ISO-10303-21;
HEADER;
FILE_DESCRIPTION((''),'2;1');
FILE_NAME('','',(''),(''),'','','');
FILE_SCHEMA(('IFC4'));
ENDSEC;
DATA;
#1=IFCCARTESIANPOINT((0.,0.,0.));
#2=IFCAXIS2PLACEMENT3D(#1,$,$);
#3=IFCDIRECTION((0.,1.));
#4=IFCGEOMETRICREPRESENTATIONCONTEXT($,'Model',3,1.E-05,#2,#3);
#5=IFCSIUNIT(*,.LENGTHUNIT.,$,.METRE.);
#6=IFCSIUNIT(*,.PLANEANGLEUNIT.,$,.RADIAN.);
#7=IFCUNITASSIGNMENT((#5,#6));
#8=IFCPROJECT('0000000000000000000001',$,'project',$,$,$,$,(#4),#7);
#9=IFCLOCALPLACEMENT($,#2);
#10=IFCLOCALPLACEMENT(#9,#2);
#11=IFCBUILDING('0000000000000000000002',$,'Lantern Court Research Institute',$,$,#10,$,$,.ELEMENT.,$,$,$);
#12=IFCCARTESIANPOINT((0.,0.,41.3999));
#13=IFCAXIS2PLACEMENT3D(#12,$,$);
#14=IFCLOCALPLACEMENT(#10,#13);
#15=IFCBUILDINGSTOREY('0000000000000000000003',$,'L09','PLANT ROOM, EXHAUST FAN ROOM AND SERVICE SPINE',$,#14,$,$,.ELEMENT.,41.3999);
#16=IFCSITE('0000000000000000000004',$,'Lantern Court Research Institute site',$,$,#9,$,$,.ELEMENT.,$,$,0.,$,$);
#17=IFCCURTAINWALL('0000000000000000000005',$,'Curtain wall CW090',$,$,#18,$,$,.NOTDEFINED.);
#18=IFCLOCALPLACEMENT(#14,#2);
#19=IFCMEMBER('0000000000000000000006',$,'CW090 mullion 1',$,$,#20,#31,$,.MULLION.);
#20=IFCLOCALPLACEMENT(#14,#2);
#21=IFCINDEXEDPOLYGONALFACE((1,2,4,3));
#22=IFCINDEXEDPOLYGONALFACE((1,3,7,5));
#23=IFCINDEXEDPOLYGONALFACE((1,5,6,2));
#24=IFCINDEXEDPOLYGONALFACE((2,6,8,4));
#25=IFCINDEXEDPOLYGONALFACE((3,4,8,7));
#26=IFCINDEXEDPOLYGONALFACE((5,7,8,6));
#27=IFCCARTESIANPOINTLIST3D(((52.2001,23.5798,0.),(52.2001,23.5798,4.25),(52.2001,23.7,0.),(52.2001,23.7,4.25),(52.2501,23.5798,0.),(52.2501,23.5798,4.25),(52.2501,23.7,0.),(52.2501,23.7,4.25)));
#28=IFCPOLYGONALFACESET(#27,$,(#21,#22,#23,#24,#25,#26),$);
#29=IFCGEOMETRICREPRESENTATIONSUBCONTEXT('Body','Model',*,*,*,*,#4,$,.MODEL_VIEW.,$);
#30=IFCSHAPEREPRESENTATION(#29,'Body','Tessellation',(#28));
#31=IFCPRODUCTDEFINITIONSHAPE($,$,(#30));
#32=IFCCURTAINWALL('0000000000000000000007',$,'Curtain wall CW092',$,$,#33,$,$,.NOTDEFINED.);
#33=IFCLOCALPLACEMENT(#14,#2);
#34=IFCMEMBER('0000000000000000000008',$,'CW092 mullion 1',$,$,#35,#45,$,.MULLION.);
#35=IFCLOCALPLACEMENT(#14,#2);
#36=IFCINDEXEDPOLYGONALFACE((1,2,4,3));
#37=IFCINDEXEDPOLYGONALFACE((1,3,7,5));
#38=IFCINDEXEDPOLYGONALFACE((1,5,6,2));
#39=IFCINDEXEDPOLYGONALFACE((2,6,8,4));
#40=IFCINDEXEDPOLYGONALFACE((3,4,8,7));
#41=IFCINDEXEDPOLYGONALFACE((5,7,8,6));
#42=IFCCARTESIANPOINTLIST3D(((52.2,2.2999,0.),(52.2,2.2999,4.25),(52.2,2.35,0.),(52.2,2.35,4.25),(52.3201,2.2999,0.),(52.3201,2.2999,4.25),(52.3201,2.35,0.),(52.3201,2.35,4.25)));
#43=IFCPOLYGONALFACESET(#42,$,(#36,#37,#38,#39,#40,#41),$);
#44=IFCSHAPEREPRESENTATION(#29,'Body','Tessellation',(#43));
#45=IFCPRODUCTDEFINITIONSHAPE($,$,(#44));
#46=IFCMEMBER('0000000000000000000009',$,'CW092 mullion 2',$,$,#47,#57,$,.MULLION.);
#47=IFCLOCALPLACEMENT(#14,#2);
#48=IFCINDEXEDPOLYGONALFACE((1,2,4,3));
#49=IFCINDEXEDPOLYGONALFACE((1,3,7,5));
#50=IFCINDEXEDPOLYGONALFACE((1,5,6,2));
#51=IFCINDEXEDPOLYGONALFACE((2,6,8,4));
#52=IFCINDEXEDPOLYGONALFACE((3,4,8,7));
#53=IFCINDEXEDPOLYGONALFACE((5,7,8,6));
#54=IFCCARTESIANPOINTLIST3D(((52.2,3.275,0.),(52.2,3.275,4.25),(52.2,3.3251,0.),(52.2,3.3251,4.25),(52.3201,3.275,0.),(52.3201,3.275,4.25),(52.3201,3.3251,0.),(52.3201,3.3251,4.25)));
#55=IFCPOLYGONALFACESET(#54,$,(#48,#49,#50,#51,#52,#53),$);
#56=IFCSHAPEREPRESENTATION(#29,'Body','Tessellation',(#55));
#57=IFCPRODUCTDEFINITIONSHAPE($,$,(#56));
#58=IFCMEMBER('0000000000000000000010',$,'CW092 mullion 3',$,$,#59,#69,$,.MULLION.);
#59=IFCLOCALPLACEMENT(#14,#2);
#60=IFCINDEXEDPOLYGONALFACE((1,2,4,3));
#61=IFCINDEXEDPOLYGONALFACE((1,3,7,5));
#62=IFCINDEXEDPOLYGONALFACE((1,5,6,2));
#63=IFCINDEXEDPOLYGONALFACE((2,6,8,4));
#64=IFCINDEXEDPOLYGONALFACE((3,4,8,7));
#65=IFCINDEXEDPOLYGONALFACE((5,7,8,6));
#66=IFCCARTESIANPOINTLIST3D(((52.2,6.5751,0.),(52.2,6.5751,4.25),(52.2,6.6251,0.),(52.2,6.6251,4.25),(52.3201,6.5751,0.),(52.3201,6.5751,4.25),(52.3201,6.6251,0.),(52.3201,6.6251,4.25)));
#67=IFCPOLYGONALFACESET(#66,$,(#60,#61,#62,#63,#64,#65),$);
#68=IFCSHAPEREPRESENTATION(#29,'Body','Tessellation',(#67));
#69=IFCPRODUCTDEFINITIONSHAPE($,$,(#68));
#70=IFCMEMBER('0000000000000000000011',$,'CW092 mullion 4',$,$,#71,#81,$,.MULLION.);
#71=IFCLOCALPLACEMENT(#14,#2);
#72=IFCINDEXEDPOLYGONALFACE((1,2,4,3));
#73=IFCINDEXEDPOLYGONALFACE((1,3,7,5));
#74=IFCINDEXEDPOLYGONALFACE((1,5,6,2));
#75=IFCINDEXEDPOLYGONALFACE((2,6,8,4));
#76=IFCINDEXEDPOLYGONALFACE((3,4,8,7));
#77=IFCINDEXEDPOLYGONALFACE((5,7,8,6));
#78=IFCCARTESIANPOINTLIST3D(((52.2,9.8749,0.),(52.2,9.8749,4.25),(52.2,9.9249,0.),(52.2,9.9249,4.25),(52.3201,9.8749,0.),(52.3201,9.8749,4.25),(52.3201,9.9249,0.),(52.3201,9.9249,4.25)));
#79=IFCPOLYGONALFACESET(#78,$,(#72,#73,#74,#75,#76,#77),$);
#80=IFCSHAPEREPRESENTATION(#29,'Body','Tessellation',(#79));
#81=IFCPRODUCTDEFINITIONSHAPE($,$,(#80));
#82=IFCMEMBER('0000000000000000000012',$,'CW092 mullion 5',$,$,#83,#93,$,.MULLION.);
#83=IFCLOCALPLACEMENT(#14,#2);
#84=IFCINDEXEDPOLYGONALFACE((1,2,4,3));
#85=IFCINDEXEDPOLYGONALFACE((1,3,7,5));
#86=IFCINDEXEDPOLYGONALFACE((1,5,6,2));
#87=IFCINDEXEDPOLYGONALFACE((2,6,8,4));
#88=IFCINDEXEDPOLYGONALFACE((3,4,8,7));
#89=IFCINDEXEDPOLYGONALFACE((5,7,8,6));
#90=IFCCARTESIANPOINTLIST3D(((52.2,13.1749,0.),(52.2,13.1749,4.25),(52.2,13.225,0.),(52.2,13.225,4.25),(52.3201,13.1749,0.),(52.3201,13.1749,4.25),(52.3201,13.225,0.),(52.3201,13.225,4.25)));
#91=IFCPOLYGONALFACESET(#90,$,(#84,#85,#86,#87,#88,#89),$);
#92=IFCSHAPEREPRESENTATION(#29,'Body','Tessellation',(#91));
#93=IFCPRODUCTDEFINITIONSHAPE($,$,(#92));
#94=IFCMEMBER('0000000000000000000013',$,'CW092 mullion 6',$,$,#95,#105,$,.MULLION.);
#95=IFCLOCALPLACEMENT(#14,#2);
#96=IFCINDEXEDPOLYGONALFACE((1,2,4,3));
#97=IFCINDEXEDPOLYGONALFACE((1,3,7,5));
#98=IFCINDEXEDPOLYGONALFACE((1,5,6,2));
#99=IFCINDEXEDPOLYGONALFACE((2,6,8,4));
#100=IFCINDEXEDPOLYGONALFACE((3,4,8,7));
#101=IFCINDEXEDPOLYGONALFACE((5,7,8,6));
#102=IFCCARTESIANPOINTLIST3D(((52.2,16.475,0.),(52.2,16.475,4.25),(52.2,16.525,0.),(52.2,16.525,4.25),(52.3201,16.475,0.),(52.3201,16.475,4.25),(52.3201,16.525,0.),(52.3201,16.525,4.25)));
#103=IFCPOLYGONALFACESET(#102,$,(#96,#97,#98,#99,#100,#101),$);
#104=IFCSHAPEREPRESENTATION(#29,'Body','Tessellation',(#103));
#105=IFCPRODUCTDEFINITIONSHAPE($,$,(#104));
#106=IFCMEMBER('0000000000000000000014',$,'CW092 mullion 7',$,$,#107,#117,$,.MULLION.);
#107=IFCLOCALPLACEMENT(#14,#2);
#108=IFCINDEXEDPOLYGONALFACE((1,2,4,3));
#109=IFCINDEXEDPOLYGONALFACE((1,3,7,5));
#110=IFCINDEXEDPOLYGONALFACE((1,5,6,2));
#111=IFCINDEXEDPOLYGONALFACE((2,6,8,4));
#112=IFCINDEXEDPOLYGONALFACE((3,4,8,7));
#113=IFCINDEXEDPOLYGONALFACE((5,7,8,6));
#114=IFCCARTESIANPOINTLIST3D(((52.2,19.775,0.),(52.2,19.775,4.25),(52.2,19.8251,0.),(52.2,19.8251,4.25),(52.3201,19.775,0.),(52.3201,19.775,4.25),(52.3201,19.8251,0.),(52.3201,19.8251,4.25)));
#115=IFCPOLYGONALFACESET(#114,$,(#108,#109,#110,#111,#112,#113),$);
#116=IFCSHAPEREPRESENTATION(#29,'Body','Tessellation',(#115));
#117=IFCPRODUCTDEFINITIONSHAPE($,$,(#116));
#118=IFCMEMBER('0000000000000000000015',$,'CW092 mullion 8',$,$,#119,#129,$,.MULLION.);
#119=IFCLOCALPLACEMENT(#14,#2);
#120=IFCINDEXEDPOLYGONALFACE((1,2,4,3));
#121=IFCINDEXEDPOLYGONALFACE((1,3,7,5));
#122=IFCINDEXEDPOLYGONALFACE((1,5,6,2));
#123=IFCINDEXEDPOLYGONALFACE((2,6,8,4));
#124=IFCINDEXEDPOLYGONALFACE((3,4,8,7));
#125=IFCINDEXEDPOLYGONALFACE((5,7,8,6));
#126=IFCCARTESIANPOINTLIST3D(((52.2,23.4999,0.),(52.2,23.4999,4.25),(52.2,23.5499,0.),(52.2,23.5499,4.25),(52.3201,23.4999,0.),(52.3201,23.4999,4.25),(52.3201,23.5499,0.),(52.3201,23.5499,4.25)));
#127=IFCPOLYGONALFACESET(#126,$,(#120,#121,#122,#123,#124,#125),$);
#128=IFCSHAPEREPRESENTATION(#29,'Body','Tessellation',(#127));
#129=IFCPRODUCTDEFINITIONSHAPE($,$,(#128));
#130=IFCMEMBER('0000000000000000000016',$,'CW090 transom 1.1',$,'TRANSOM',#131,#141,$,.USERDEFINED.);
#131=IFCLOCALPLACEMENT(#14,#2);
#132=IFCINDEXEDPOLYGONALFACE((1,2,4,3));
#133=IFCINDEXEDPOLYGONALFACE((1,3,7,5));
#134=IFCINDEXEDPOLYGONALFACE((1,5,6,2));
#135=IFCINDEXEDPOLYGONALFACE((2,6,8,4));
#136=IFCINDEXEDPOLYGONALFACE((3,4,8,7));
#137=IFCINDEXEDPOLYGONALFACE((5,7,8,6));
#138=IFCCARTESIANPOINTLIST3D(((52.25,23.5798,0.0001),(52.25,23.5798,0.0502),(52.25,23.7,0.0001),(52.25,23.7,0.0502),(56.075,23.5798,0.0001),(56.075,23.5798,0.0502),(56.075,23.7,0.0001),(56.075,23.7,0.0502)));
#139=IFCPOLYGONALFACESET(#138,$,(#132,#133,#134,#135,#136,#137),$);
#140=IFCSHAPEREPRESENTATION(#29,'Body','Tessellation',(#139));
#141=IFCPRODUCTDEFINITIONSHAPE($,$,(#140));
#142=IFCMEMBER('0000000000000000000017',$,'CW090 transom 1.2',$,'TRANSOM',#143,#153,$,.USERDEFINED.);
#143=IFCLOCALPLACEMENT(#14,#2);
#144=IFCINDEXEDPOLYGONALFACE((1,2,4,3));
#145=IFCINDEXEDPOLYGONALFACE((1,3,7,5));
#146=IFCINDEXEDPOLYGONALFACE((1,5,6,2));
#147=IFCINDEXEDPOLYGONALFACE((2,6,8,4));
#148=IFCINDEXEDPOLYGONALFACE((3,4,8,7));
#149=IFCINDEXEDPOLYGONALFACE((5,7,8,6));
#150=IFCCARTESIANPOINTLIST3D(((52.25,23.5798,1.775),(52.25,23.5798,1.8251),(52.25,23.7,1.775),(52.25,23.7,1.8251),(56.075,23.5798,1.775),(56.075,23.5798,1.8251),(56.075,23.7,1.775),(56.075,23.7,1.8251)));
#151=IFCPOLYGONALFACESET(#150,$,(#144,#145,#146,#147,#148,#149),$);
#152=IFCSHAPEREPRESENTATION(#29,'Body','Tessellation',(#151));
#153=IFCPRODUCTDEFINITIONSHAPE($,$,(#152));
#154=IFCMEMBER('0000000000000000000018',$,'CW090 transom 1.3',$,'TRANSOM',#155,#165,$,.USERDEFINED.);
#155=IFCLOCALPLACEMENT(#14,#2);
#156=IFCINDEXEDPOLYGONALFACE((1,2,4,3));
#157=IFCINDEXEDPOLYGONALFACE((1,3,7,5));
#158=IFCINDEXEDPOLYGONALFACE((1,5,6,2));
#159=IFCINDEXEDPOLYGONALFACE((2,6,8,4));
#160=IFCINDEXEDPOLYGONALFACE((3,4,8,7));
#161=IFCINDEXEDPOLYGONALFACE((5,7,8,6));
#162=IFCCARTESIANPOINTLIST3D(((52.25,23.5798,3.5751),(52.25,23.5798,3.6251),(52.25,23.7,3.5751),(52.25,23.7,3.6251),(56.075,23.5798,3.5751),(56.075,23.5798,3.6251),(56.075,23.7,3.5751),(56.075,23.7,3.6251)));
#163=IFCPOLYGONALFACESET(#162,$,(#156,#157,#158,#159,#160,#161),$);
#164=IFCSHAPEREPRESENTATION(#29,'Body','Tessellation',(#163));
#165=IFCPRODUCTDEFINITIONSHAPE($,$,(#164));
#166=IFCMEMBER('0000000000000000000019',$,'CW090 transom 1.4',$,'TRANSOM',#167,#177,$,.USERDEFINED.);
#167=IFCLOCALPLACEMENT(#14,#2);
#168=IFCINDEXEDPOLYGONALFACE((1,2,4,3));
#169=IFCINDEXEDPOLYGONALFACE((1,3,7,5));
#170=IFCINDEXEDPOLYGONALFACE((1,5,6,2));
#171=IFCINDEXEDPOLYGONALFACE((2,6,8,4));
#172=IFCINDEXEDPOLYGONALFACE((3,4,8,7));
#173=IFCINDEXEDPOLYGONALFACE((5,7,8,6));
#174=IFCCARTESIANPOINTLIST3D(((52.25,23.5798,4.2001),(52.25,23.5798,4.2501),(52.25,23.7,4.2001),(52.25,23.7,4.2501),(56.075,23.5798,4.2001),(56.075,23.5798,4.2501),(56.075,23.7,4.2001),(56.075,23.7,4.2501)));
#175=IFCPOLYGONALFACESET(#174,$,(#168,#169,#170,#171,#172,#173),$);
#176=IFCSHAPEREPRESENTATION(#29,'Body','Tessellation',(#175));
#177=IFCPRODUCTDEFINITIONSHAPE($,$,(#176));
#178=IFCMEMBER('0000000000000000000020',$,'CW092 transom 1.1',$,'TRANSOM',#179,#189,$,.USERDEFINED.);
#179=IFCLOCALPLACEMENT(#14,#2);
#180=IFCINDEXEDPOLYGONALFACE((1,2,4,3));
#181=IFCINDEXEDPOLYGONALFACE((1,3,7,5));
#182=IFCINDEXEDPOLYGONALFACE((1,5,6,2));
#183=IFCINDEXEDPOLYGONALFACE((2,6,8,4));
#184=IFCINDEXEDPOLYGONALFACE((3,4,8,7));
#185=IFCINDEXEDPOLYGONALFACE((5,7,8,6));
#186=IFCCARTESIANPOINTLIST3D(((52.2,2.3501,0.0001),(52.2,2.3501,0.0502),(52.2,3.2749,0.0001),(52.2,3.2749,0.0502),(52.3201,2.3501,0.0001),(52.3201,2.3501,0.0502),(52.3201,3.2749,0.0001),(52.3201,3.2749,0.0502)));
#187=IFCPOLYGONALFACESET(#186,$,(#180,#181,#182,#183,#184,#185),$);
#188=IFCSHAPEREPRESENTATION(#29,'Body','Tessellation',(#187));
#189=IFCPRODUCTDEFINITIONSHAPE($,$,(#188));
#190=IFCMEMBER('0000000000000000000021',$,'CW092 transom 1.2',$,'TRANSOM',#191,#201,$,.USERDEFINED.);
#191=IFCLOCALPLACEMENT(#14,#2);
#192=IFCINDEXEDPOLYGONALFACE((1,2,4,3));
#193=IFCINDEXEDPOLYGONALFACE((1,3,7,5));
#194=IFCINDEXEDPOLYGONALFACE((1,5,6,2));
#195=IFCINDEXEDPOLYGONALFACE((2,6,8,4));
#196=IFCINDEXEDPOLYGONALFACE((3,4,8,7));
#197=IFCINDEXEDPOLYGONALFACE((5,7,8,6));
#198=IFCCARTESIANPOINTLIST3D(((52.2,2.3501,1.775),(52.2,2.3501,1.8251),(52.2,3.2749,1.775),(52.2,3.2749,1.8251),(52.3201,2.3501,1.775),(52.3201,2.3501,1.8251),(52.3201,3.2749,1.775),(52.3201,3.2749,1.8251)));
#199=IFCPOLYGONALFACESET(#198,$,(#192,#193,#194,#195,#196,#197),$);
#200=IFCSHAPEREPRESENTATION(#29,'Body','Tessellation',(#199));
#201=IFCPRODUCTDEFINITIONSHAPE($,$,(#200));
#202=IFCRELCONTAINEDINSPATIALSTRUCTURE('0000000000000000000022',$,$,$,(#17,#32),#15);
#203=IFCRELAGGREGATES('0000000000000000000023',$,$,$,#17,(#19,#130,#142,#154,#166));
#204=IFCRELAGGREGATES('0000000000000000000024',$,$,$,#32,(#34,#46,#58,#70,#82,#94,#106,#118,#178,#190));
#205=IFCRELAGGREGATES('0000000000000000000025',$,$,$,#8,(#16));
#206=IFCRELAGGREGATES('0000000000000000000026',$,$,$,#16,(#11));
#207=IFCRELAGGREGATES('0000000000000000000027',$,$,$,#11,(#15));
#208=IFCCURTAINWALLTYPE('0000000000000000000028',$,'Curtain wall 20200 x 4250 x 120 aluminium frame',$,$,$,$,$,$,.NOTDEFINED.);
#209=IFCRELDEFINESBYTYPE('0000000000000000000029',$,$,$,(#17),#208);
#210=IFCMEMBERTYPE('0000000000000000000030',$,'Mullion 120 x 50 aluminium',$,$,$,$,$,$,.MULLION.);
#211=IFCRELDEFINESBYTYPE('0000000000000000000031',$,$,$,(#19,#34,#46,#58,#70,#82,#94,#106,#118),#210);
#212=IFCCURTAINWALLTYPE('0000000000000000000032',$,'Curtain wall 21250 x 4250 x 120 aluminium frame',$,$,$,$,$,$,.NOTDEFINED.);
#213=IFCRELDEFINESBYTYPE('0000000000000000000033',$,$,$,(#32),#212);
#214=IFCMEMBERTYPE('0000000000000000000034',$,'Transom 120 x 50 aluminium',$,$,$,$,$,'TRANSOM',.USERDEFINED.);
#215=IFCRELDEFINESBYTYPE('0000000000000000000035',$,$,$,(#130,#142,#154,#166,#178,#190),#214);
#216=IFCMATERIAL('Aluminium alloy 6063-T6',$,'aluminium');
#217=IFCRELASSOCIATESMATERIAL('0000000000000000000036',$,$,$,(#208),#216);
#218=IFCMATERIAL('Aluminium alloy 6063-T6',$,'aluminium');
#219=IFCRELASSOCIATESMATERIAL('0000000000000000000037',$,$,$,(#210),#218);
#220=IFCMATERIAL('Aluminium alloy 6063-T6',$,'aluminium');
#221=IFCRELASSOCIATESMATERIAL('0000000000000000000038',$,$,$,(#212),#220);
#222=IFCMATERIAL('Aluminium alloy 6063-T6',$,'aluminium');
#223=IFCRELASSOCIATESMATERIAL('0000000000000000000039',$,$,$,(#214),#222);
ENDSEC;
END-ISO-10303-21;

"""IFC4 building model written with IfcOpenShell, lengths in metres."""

from ifc_helpers import new_model, si_unit, direction, frame, origin, origin_2d, place, context, subcontext, project, spatial, rectangle, extrude, material, material_profile, profile_set, type_object, element, aggregate, save


model = new_model("IFC4")

# Units and contexts
model_context = context("Model", 3, precision=1e-05, world=origin(), true_north=direction((0.0, 1.0)))
body_context = subcontext(model_context, "Body", "Model", "MODEL_VIEW")
ifc_project = project(units=[si_unit("LENGTHUNIT", "METRE"), si_unit("PLANEANGLEUNIT", "RADIAN")], contexts=[model_context])

# Site, building, storey
site_placement = place(None, origin())
site = spatial("IfcSite", under=ifc_project, at=site_placement, Name="Lantern Court Research Institute site", CompositionType="ELEMENT", RefElevation=0.0)
building_placement = place(site_placement, origin())
building = spatial("IfcBuilding", under=site, at=building_placement, Name="Lantern Court Research Institute", CompositionType="ELEMENT")
storey_placement = place(building_placement, frame((0.0, 0.0, 41.3999)))
storey = spatial("IfcBuildingStorey", under=building, at=storey_placement, Name="L09", Description="PLANT ROOM, EXHAUST FAN ROOM AND SERVICE SPINE", CompositionType="ELEMENT", Elevation=41.3999)

# Curtain wall, member
ifc_material_1 = material(Name="Aluminium alloy 6063-T6", Category="aluminium")
curtain_wall_type_1 = type_object("IfcCurtainWallType", Name="Curtain wall 20200 x 4250 x 120 aluminium frame", PredefinedType="NOTDEFINED", material=ifc_material_1)
curtain_wall_1_placement = place(storey_placement, origin())
curtain_wall_1 = element("IfcCurtainWall", 1, at=curtain_wall_1_placement, inside=storey, type_object=curtain_wall_type_1, Name="Curtain wall CW090", PredefinedType="NOTDEFINED")
ifc_material_2 = material(Name="Aluminium alloy 6063-T6", Category="aluminium")
ifc_material_profile_1 = material_profile(ifc_material_2, rectangle(XDim=0.1201, YDim=0.05, at=origin_2d()), Name="Mullion 120 x 50")
ifc_profile_set_1 = profile_set([ifc_material_profile_1], Name="Aluminium alloy 6063-T6")
member_type_1 = type_object("IfcMemberType", Name="Mullion 120 x 50 aluminium", PredefinedType="MULLION", material=ifc_profile_set_1)
member_1_placement = place(storey_placement, frame((52.2251, 23.6399, 0.0), z_axis=(0.0, 0.0, 1.0), x_axis=(0.0, 1.0, 0.0)))
member_1 = element("IfcMember", 2, at=member_1_placement, type_object=member_type_1, Name="CW090 mullion 1", PredefinedType="MULLION", context=body_context, shape_type="SweptSolid", body=[
    extrude(rectangle(XDim=0.1201, YDim=0.05, at=origin_2d()), origin(), (0.0, 0.0, 1.0), 4.25),
])

# Curtain wall, members
ifc_material_3 = material(Name="Aluminium alloy 6063-T6", Category="aluminium")
curtain_wall_type_2 = type_object("IfcCurtainWallType", Name="Curtain wall 21250 x 4250 x 120 aluminium frame", PredefinedType="NOTDEFINED", material=ifc_material_3)
curtain_wall_2_placement = place(storey_placement, origin())
curtain_wall_2 = element("IfcCurtainWall", 3, at=curtain_wall_2_placement, inside=storey, type_object=curtain_wall_type_2, Name="Curtain wall CW092", PredefinedType="NOTDEFINED")
member_2_placement = place(storey_placement, frame((52.26, 2.325, 0.0), z_axis=(0.0, 0.0, 1.0), x_axis=(-1.0, 0.0, 0.0)))
member_2 = element("IfcMember", 4, at=member_2_placement, type_object=member_type_1, Name="CW092 mullion 1", PredefinedType="MULLION", context=body_context, shape_type="SweptSolid", body=[
    extrude(rectangle(XDim=0.1201, YDim=0.05, at=origin_2d()), origin(), (0.0, 0.0, 1.0), 4.25),
])
member_3_placement = place(storey_placement, frame((52.26, 3.3, 0.0), z_axis=(0.0, 0.0, 1.0), x_axis=(-1.0, 0.0, 0.0)))
member_3 = element("IfcMember", 5, at=member_3_placement, type_object=member_type_1, Name="CW092 mullion 2", PredefinedType="MULLION", context=body_context, shape_type="SweptSolid", body=[
    extrude(rectangle(XDim=0.1201, YDim=0.05, at=origin_2d()), origin(), (0.0, 0.0, 1.0), 4.25),
])
member_4_placement = place(storey_placement, frame((52.26, 6.6001, 0.0), z_axis=(0.0, 0.0, 1.0), x_axis=(-1.0, 0.0, 0.0)))
member_4 = element("IfcMember", 6, at=member_4_placement, type_object=member_type_1, Name="CW092 mullion 3", PredefinedType="MULLION", context=body_context, shape_type="SweptSolid", body=[
    extrude(rectangle(XDim=0.1201, YDim=0.05, at=origin_2d()), origin(), (0.0, 0.0, 1.0), 4.25),
])
member_5_placement = place(storey_placement, frame((52.26, 9.8999, 0.0), z_axis=(0.0, 0.0, 1.0), x_axis=(-1.0, 0.0, 0.0)))
member_5 = element("IfcMember", 7, at=member_5_placement, type_object=member_type_1, Name="CW092 mullion 4", PredefinedType="MULLION", context=body_context, shape_type="SweptSolid", body=[
    extrude(rectangle(XDim=0.1201, YDim=0.05, at=origin_2d()), origin(), (0.0, 0.0, 1.0), 4.25),
])
member_6_placement = place(storey_placement, frame((52.26, 13.2, 0.0), z_axis=(0.0, 0.0, 1.0), x_axis=(-1.0, 0.0, 0.0)))
member_6 = element("IfcMember", 8, at=member_6_placement, type_object=member_type_1, Name="CW092 mullion 5", PredefinedType="MULLION", context=body_context, shape_type="SweptSolid", body=[
    extrude(rectangle(XDim=0.1201, YDim=0.05, at=origin_2d()), origin(), (0.0, 0.0, 1.0), 4.25),
])
member_7_placement = place(storey_placement, frame((52.26, 16.5, 0.0), z_axis=(0.0, 0.0, 1.0), x_axis=(-1.0, 0.0, 0.0)))
member_7 = element("IfcMember", 9, at=member_7_placement, type_object=member_type_1, Name="CW092 mullion 6", PredefinedType="MULLION", context=body_context, shape_type="SweptSolid", body=[
    extrude(rectangle(XDim=0.1201, YDim=0.05, at=origin_2d()), origin(), (0.0, 0.0, 1.0), 4.25),
])
member_8_placement = place(storey_placement, frame((52.26, 19.8, 0.0), z_axis=(0.0, 0.0, 1.0), x_axis=(-1.0, 0.0, 0.0)))
member_8 = element("IfcMember", 10, at=member_8_placement, type_object=member_type_1, Name="CW092 mullion 7", PredefinedType="MULLION", context=body_context, shape_type="SweptSolid", body=[
    extrude(rectangle(XDim=0.1201, YDim=0.05, at=origin_2d()), origin(), (0.0, 0.0, 1.0), 4.25),
])
member_9_placement = place(storey_placement, frame((52.26, 23.5249, 0.0), z_axis=(0.0, 0.0, 1.0), x_axis=(-1.0, 0.0, 0.0)))
member_9 = element("IfcMember", 11, at=member_9_placement, type_object=member_type_1, Name="CW092 mullion 8", PredefinedType="MULLION", context=body_context, shape_type="SweptSolid", body=[
    extrude(rectangle(XDim=0.1201, YDim=0.05, at=origin_2d()), origin(), (0.0, 0.0, 1.0), 4.25),
])

# Members
ifc_material_4 = material(Name="Aluminium alloy 6063-T6", Category="aluminium")
ifc_material_profile_2 = material_profile(ifc_material_4, rectangle(XDim=0.1201, YDim=0.05, at=origin_2d()), Name="Transom 120 x 50")
ifc_profile_set_2 = profile_set([ifc_material_profile_2], Name="Aluminium alloy 6063-T6")
member_type_2 = type_object("IfcMemberType", Name="Transom 120 x 50 aluminium", ElementType="TRANSOM", PredefinedType="USERDEFINED", material=ifc_profile_set_2)
member_10_placement = place(storey_placement, frame((52.25, 23.6399, 0.0251), z_axis=(1.0, 0.0, 0.0), x_axis=(0.0, 1.0, 0.0)))
member_10 = element("IfcMember", 12, at=member_10_placement, type_object=member_type_2, Name="CW090 transom 1.1", ObjectType="TRANSOM", PredefinedType="USERDEFINED", context=body_context, shape_type="SweptSolid", body=[
    extrude(rectangle(XDim=0.1201, YDim=0.05, at=origin_2d()), origin(), (0.0, 0.0, 1.0), 3.825),
])
member_11_placement = place(storey_placement, frame((52.25, 23.6399, 1.8), z_axis=(1.0, 0.0, 0.0), x_axis=(0.0, 1.0, 0.0)))
member_11 = element("IfcMember", 13, at=member_11_placement, type_object=member_type_2, Name="CW090 transom 1.2", ObjectType="TRANSOM", PredefinedType="USERDEFINED", context=body_context, shape_type="SweptSolid", body=[
    extrude(rectangle(XDim=0.1201, YDim=0.05, at=origin_2d()), origin(), (0.0, 0.0, 1.0), 3.825),
])
member_12_placement = place(storey_placement, frame((52.25, 23.6399, 3.6001), z_axis=(1.0, 0.0, 0.0), x_axis=(0.0, 1.0, 0.0)))
member_12 = element("IfcMember", 14, at=member_12_placement, type_object=member_type_2, Name="CW090 transom 1.3", ObjectType="TRANSOM", PredefinedType="USERDEFINED", context=body_context, shape_type="SweptSolid", body=[
    extrude(rectangle(XDim=0.1201, YDim=0.05, at=origin_2d()), origin(), (0.0, 0.0, 1.0), 3.825),
])
member_13_placement = place(storey_placement, frame((52.25, 23.6399, 4.2251), z_axis=(1.0, 0.0, 0.0), x_axis=(0.0, 1.0, 0.0)))
member_13 = element("IfcMember", 15, at=member_13_placement, type_object=member_type_2, Name="CW090 transom 1.4", ObjectType="TRANSOM", PredefinedType="USERDEFINED", context=body_context, shape_type="SweptSolid", body=[
    extrude(rectangle(XDim=0.1201, YDim=0.05, at=origin_2d()), origin(), (0.0, 0.0, 1.0), 3.825),
])
aggregate(curtain_wall_1, [member_1, member_10, member_11, member_12, member_13])
member_14_placement = place(storey_placement, frame((52.26, 2.3501, 0.0251), z_axis=(0.0, 1.0, 0.0), x_axis=(-1.0, 0.0, 0.0)))
member_14 = element("IfcMember", 16, at=member_14_placement, type_object=member_type_2, Name="CW092 transom 1.1", ObjectType="TRANSOM", PredefinedType="USERDEFINED", context=body_context, shape_type="SweptSolid", body=[
    extrude(rectangle(XDim=0.1201, YDim=0.05, at=origin_2d()), origin(), (0.0, 0.0, 1.0), 0.9248),
])
member_15_placement = place(storey_placement, frame((52.26, 2.3501, 1.8), z_axis=(0.0, 1.0, 0.0), x_axis=(-1.0, 0.0, 0.0)))
member_15 = element("IfcMember", 17, at=member_15_placement, type_object=member_type_2, Name="CW092 transom 1.2", ObjectType="TRANSOM", PredefinedType="USERDEFINED", context=body_context, shape_type="SweptSolid", body=[
    extrude(rectangle(XDim=0.1201, YDim=0.05, at=origin_2d()), origin(), (0.0, 0.0, 1.0), 0.9248),
])

aggregate(curtain_wall_2, [member_2, member_3, member_4, member_5, member_6, member_7, member_8, member_9, member_14, member_15])

save(model, "model.ifc")
